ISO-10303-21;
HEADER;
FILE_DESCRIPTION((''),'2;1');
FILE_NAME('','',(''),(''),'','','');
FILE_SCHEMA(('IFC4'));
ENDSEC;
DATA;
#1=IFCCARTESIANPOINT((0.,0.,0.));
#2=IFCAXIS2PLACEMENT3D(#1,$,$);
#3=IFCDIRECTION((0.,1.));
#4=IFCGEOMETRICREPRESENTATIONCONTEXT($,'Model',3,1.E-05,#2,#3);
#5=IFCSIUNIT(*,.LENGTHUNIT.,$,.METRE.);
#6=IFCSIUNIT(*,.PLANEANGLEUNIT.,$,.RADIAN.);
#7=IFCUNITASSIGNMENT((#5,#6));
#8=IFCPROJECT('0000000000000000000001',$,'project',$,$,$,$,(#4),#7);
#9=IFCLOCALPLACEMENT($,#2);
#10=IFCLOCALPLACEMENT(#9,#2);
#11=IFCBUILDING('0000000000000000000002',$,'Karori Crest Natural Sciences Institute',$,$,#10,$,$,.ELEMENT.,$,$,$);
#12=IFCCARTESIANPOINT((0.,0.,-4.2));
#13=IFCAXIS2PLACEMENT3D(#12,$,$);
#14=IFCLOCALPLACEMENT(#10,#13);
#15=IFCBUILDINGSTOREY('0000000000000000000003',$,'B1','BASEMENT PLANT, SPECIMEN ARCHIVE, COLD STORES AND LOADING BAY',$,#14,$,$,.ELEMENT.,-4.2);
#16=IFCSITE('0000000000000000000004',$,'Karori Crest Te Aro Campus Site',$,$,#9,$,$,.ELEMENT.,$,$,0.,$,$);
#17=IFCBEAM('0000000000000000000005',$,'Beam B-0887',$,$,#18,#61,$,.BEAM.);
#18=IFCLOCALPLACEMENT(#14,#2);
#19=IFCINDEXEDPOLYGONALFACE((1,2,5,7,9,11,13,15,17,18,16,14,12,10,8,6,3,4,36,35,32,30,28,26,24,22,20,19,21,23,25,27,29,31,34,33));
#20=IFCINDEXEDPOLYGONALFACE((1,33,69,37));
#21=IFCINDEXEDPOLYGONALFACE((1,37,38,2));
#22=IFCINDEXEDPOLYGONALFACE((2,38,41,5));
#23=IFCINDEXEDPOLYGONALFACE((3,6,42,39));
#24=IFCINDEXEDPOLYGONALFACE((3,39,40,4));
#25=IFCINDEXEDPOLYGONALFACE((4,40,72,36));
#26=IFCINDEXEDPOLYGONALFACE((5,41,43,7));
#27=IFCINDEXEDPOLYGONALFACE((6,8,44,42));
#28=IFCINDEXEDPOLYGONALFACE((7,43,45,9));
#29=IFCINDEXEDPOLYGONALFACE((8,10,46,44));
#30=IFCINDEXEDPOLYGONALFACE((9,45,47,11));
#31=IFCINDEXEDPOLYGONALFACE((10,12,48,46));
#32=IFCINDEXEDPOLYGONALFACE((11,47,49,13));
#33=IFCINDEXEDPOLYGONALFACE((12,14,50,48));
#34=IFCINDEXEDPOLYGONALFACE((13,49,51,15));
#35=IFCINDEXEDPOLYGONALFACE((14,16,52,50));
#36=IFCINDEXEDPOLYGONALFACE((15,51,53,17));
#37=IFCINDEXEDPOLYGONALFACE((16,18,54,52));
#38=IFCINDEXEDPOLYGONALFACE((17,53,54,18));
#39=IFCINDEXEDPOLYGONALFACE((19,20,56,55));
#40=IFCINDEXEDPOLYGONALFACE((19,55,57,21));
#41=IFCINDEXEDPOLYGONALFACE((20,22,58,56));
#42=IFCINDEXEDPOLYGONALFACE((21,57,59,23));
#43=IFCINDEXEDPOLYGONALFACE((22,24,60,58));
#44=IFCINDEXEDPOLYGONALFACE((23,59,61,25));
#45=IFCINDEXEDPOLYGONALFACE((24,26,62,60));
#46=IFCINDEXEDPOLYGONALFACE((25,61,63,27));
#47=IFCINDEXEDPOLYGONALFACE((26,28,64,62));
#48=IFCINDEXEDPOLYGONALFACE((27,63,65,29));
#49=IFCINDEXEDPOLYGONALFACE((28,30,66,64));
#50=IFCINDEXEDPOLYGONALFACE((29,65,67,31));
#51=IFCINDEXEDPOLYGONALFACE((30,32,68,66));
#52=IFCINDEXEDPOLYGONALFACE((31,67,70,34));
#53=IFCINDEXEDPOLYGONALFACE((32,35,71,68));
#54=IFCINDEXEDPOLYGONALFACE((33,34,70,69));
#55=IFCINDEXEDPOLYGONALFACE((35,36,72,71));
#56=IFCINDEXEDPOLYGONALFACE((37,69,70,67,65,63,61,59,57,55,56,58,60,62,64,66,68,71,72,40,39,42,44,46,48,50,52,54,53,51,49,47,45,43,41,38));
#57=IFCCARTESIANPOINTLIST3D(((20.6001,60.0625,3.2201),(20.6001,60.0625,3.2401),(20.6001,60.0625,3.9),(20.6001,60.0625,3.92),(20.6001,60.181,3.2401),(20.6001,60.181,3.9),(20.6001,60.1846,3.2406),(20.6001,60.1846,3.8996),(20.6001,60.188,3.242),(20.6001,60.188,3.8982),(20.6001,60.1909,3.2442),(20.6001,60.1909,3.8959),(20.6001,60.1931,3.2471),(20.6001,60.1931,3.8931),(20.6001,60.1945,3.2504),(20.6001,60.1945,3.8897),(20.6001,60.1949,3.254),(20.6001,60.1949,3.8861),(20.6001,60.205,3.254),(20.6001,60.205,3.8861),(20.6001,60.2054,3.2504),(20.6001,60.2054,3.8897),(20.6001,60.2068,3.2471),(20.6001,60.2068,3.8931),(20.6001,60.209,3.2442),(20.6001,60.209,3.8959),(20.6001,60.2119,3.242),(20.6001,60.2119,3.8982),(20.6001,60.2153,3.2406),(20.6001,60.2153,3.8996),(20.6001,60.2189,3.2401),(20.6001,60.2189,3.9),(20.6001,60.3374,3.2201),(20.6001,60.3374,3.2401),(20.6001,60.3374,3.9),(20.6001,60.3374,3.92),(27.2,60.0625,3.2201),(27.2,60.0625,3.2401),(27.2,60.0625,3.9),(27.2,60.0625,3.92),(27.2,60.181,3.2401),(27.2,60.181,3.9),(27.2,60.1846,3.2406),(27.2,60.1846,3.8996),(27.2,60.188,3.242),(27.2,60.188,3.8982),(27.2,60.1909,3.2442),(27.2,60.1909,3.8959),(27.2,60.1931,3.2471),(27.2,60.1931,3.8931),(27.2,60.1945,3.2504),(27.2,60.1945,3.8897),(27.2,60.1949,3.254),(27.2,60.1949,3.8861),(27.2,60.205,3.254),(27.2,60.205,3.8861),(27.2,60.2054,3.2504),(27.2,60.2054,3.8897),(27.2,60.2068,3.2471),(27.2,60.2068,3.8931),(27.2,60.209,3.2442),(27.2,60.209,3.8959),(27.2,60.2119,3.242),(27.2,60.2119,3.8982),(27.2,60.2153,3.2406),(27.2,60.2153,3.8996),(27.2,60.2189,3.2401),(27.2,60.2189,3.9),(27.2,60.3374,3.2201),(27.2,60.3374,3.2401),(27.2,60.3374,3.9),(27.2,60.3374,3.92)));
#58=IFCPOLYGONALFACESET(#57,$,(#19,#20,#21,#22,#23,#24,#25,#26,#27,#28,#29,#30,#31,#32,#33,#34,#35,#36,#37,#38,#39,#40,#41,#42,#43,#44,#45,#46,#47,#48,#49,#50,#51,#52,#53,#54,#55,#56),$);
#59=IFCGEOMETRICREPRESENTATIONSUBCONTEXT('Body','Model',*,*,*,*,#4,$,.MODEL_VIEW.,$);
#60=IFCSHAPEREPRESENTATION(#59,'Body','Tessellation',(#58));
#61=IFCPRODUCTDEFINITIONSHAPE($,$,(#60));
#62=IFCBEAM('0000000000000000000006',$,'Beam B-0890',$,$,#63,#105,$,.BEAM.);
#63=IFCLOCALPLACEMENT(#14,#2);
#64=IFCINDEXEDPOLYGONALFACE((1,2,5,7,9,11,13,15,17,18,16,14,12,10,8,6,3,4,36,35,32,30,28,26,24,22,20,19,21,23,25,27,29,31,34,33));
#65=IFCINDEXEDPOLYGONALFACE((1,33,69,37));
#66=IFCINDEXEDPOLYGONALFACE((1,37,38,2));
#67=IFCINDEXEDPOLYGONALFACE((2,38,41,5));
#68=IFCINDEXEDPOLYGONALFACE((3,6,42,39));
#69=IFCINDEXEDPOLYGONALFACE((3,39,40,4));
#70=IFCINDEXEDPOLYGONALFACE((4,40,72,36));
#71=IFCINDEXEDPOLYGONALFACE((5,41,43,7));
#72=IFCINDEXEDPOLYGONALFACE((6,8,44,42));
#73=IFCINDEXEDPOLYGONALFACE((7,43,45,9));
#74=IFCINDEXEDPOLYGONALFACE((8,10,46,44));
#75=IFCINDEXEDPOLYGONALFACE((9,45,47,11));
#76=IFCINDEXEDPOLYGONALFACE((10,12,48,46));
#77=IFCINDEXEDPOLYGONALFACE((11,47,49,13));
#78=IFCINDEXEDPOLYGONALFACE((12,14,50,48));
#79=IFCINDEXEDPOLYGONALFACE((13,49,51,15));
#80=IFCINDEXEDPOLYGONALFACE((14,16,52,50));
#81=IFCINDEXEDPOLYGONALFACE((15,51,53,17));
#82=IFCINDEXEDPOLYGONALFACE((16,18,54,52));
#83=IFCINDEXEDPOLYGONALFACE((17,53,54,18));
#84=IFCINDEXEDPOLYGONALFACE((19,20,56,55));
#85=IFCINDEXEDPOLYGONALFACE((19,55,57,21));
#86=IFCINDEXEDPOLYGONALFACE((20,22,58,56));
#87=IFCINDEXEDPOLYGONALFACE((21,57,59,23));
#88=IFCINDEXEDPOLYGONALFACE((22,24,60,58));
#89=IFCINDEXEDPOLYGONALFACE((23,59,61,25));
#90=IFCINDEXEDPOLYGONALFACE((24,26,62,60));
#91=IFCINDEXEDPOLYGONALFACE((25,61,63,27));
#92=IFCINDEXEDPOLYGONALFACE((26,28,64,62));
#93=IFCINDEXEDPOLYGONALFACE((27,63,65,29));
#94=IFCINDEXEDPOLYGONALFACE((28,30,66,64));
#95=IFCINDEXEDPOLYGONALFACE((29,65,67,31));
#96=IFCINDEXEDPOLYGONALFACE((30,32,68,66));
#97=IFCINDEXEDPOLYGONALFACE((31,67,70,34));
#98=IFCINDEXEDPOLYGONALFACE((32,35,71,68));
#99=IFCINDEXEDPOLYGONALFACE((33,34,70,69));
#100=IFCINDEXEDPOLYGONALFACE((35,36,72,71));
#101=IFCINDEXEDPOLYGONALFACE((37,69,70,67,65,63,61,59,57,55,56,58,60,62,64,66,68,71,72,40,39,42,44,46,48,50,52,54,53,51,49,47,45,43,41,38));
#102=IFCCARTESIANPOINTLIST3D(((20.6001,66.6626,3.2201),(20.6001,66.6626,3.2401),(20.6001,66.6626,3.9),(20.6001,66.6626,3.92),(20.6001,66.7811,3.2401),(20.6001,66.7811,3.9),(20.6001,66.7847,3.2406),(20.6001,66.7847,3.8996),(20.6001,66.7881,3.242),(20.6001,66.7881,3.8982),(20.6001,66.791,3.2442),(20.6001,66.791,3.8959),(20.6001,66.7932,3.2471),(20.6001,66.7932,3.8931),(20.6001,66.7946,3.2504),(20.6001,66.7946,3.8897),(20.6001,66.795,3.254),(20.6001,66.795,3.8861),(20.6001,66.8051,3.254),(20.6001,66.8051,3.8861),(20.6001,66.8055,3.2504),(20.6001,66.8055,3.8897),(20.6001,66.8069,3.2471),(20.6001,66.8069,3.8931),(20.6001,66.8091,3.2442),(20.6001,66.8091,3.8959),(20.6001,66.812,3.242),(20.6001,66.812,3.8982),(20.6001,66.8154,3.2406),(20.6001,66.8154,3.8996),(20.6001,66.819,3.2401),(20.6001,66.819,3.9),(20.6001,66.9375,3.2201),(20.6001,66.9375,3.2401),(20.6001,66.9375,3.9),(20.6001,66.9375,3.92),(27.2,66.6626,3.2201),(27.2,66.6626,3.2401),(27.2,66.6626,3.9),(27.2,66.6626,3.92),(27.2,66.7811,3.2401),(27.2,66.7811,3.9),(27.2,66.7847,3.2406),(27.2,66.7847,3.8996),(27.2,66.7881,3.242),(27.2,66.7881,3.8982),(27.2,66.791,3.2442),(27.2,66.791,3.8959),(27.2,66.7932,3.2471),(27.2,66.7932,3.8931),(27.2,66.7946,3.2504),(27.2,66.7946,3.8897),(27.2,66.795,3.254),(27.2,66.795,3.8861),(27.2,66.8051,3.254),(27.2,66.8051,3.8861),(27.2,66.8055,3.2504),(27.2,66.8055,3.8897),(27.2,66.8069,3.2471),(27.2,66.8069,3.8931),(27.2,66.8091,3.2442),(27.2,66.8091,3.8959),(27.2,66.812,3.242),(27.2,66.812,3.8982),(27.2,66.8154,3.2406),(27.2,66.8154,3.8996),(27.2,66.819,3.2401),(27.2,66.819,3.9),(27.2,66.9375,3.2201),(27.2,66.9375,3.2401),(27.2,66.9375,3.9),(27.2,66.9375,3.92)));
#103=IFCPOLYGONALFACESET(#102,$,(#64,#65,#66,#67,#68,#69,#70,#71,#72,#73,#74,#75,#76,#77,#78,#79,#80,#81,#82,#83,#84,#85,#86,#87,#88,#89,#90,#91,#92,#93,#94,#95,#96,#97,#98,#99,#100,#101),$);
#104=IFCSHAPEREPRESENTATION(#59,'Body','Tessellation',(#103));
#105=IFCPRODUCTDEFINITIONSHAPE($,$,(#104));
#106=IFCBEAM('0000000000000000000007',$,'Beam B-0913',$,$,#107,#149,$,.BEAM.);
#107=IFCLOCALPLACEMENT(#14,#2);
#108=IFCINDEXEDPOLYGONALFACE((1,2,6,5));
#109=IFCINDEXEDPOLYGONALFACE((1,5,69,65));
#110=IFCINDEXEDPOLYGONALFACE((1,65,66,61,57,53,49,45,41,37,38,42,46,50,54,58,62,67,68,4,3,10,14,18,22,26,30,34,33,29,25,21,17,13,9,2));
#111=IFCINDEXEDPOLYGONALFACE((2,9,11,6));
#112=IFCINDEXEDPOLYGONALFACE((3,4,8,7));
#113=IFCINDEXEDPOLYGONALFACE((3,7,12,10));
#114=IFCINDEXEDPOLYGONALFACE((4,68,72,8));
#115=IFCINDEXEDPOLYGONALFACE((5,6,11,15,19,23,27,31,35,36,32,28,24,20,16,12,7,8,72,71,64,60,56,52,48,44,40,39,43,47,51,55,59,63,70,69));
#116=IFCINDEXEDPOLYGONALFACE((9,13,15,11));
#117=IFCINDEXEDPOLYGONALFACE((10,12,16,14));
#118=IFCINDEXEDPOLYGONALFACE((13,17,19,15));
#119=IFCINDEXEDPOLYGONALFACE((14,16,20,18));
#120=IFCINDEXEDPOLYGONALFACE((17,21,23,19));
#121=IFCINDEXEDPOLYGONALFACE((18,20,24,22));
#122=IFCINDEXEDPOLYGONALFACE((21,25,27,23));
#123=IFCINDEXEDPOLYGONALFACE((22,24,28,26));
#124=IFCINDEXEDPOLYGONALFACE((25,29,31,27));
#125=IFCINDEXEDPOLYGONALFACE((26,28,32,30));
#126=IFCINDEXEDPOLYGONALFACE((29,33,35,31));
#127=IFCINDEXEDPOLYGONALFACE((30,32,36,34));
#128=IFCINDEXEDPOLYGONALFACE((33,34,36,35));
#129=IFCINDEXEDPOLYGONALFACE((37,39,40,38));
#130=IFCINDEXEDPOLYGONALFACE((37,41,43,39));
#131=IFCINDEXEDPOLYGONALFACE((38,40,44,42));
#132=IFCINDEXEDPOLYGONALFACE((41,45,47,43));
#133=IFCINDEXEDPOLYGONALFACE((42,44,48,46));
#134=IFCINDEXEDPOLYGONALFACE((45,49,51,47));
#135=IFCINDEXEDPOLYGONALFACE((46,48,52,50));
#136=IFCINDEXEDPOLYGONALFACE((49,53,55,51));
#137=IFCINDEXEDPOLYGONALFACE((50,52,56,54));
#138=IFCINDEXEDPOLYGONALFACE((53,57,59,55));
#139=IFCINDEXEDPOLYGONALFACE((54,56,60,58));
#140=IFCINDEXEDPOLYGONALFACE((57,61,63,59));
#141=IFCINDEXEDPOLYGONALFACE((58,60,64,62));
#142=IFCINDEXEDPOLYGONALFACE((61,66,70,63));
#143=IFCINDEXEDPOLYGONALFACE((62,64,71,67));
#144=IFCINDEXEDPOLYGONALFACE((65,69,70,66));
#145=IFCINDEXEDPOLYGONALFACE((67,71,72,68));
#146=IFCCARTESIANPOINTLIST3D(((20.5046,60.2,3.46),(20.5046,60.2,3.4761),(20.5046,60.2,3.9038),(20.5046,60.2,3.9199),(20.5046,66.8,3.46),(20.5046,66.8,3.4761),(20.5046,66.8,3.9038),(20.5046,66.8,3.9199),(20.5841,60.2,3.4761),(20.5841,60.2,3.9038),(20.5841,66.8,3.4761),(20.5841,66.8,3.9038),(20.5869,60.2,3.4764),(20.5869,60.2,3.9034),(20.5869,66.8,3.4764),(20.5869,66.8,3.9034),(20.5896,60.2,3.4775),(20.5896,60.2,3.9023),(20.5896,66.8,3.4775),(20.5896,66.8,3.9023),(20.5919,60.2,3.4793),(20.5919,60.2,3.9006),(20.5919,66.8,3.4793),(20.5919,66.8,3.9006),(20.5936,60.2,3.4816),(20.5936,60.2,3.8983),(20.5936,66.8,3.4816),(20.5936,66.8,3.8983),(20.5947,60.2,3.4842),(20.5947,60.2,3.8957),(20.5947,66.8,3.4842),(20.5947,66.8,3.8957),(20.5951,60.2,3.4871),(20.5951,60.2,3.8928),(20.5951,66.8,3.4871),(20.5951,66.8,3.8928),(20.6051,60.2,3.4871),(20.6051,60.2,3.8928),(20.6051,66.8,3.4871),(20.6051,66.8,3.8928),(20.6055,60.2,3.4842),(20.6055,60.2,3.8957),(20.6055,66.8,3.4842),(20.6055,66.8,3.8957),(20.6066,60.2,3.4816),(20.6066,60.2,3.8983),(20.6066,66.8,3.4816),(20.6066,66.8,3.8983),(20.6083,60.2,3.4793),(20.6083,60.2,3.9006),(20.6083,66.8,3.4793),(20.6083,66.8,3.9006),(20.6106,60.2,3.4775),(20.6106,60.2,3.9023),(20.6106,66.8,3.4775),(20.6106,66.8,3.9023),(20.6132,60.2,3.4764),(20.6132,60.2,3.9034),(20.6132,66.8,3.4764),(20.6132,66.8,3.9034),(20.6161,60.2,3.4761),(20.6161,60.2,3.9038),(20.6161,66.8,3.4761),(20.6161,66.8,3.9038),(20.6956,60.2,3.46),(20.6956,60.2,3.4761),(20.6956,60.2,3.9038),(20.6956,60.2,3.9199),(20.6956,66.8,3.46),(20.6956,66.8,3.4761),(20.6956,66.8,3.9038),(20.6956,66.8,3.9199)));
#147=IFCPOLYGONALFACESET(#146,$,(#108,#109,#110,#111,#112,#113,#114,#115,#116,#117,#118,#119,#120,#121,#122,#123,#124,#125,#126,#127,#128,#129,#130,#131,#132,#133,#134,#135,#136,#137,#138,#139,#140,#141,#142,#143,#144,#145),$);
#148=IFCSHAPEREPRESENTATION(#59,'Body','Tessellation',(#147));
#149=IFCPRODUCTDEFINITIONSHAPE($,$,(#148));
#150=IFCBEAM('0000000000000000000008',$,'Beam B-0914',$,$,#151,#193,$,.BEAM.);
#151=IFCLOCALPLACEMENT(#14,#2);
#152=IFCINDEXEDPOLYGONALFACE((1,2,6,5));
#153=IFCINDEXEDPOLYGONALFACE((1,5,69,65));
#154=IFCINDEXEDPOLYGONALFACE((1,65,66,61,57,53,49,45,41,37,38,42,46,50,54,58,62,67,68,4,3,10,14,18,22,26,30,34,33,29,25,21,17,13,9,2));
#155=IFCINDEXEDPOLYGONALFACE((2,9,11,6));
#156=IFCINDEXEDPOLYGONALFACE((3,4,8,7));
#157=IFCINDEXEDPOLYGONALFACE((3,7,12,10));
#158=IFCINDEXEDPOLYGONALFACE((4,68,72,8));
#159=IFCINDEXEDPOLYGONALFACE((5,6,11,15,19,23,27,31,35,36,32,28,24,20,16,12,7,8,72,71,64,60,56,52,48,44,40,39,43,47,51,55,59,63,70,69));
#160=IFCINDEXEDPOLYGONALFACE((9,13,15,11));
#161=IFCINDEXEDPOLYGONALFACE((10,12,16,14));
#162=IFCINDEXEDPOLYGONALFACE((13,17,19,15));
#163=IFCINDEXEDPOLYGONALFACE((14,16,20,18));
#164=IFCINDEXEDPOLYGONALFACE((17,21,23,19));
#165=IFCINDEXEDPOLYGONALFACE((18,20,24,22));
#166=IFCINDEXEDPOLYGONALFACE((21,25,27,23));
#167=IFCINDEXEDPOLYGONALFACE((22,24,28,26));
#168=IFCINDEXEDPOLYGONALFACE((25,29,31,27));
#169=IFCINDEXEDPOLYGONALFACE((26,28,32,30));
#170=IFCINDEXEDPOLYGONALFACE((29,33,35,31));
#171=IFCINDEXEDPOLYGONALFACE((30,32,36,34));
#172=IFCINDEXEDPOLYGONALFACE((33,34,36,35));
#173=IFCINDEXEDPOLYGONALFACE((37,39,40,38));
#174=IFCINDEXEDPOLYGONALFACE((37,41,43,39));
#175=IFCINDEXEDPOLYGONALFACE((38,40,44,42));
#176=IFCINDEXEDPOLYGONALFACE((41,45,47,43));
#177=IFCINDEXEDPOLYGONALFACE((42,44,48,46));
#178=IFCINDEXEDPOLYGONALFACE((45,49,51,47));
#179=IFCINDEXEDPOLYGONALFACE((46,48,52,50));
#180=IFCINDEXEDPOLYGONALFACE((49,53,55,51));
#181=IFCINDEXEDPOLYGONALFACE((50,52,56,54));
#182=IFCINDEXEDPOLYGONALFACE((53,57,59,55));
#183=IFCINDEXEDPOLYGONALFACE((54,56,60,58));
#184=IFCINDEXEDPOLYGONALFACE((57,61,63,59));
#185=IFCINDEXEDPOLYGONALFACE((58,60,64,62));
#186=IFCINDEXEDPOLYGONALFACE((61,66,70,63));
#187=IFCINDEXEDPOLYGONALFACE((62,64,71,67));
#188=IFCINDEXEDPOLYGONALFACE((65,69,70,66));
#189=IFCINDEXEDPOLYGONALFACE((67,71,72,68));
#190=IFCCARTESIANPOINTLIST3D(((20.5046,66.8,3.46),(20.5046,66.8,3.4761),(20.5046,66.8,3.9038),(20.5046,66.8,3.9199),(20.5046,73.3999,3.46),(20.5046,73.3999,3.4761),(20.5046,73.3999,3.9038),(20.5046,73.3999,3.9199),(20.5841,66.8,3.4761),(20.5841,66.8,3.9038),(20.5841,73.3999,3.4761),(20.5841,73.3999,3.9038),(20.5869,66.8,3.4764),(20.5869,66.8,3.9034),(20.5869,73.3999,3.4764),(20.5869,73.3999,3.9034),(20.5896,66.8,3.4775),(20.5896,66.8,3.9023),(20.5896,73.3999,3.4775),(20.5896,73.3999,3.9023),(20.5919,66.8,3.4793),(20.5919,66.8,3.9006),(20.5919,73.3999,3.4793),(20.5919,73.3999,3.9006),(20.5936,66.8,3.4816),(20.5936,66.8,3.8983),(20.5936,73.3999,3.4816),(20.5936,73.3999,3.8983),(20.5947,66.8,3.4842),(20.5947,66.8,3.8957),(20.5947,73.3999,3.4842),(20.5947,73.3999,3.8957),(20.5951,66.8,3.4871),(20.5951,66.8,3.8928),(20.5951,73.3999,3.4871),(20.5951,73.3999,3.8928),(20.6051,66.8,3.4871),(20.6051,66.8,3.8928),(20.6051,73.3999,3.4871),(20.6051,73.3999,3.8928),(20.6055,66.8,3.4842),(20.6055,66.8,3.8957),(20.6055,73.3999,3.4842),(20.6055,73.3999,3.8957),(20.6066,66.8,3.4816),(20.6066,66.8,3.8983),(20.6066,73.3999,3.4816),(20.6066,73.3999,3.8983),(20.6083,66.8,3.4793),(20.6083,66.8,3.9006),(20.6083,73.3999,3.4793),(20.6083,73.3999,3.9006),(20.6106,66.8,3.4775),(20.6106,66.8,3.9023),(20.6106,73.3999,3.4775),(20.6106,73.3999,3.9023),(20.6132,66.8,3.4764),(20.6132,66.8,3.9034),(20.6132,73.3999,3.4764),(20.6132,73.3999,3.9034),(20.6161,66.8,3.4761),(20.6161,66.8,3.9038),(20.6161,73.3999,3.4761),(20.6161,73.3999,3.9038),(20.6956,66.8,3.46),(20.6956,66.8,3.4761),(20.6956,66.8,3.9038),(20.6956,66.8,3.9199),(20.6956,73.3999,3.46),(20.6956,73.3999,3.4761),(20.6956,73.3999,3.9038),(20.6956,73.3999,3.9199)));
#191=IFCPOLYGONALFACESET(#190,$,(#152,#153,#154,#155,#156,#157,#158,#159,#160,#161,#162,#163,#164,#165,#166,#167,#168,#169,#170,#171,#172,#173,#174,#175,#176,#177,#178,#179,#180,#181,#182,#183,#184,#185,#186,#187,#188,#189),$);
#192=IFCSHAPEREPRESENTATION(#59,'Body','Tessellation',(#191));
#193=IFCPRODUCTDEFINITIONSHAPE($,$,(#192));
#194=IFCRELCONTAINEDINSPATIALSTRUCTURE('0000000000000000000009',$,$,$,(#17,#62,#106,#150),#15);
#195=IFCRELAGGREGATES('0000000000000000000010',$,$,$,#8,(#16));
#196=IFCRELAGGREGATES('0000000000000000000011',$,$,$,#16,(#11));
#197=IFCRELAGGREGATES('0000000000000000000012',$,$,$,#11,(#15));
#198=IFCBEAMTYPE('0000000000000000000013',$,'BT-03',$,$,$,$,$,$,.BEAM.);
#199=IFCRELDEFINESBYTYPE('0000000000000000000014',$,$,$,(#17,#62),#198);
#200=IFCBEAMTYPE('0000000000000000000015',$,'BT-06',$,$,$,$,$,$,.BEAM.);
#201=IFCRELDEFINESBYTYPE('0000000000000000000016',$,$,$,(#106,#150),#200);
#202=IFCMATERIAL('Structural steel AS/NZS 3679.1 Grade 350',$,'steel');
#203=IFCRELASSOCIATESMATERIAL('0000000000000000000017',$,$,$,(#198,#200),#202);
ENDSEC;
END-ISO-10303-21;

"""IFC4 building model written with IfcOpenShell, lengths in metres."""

from ifc_helpers import new_model, si_unit, direction, frame, origin, origin_2d, place, context, subcontext, project, spatial, i_section, extrude, material, material_profile, profile_set, type_object, element, save


model = new_model("IFC4")

# Units and contexts
model_context = context("Model", 3, precision=1e-05, world=origin(), true_north=direction((0.0, 1.0)))
body_context = subcontext(model_context, "Body", "Model", "MODEL_VIEW")
ifc_project = project(units=[si_unit("LENGTHUNIT", "METRE"), si_unit("PLANEANGLEUNIT", "RADIAN")], contexts=[model_context])

# Site, building, storey
site_placement = place(None, origin())
site = spatial("IfcSite", under=ifc_project, at=site_placement, Name="Karori Crest Te Aro Campus Site", CompositionType="ELEMENT", RefElevation=0.0)
building_placement = place(site_placement, origin())
building = spatial("IfcBuilding", under=site, at=building_placement, Name="Karori Crest Natural Sciences Institute", CompositionType="ELEMENT")
storey_placement = place(building_placement, frame((0.0, 0.0, -4.2)))
storey = spatial("IfcBuildingStorey", under=building, at=storey_placement, Name="B1", Description="BASEMENT PLANT, SPECIMEN ARCHIVE, COLD STORES AND LOADING BAY", CompositionType="ELEMENT", Elevation=-4.2)

# Shared definitions
ifc_material_1 = material(Name="Structural steel AS/NZS 3679.1 Grade 350", Category="steel")

# Beams
ifc_material_profile_1 = material_profile(ifc_material_1, i_section(OverallWidth=0.2749, OverallDepth=0.7, WebThickness=0.01, FlangeThickness=0.02, FilletRadius=0.0139, at=origin_2d()), Name="700WB150")
ifc_profile_set_1 = profile_set([ifc_material_profile_1], Name="Structural steel AS/NZS 3679.1 Grade 350")
beam_type_1 = type_object("IfcBeamType", Name="BT-03", PredefinedType="BEAM", material=ifc_profile_set_1)
for number, where, z_axis, x_axis, name in (
    (1, (20.6001, 60.2, 3.5701), (1.0, 0.0, 0.0), (0.0, 1.0, 0.0), "Beam B-0887"),
    (2, (20.6001, 66.8, 3.5701), (1.0, 0.0, 0.0), (0.0, 1.0, 0.0), "Beam B-0890"),
):
    element("IfcBeam", number, at=place(storey_placement, frame(where, z_axis=z_axis, x_axis=x_axis)), inside=storey, type_object=beam_type_1, Name=name, PredefinedType="BEAM", context=body_context, shape_type="SweptSolid", body=[
        extrude(i_section(OverallWidth=0.2749, OverallDepth=0.7, WebThickness=0.01, FlangeThickness=0.02, FilletRadius=0.0139, at=origin_2d()), origin(), (0.0, 0.0, 1.0), 6.5999),
    ])
ifc_material_profile_2 = material_profile(ifc_material_1, i_section(OverallWidth=0.1909, OverallDepth=0.46, WebThickness=0.01, FlangeThickness=0.0161, FilletRadius=0.011, at=origin_2d()), Name="460UB82.1")
ifc_profile_set_2 = profile_set([ifc_material_profile_2], Name="Structural steel AS/NZS 3679.1 Grade 350")
beam_type_2 = type_object("IfcBeamType", Name="BT-06", PredefinedType="BEAM", material=ifc_profile_set_2)
beam_1_placement = place(storey_placement, frame((20.6001, 60.2, 3.6899), z_axis=(0.0, 1.0, 0.0), x_axis=(-1.0, 0.0, 0.0)))
element("IfcBeam", 3, at=beam_1_placement, inside=storey, type_object=beam_type_2, Name="Beam B-0913", PredefinedType="BEAM", context=body_context, shape_type="SweptSolid", body=[
    extrude(i_section(OverallWidth=0.1909, OverallDepth=0.46, WebThickness=0.01, FlangeThickness=0.0161, FilletRadius=0.011, at=origin_2d()), origin(), (0.0, 0.0, 1.0), 6.6001),
])
beam_2_placement = place(storey_placement, frame((20.6001, 66.8, 3.6899), z_axis=(0.0, 1.0, 0.0), x_axis=(-1.0, 0.0, 0.0)))
element("IfcBeam", 4, at=beam_2_placement, inside=storey, type_object=beam_type_2, Name="Beam B-0914", PredefinedType="BEAM", context=body_context, shape_type="SweptSolid", body=[
    extrude(i_section(OverallWidth=0.1909, OverallDepth=0.46, WebThickness=0.01, FlangeThickness=0.0161, FilletRadius=0.011, at=origin_2d()), origin(), (0.0, 0.0, 1.0), 6.5999),
])

save(model, "model.ifc")
